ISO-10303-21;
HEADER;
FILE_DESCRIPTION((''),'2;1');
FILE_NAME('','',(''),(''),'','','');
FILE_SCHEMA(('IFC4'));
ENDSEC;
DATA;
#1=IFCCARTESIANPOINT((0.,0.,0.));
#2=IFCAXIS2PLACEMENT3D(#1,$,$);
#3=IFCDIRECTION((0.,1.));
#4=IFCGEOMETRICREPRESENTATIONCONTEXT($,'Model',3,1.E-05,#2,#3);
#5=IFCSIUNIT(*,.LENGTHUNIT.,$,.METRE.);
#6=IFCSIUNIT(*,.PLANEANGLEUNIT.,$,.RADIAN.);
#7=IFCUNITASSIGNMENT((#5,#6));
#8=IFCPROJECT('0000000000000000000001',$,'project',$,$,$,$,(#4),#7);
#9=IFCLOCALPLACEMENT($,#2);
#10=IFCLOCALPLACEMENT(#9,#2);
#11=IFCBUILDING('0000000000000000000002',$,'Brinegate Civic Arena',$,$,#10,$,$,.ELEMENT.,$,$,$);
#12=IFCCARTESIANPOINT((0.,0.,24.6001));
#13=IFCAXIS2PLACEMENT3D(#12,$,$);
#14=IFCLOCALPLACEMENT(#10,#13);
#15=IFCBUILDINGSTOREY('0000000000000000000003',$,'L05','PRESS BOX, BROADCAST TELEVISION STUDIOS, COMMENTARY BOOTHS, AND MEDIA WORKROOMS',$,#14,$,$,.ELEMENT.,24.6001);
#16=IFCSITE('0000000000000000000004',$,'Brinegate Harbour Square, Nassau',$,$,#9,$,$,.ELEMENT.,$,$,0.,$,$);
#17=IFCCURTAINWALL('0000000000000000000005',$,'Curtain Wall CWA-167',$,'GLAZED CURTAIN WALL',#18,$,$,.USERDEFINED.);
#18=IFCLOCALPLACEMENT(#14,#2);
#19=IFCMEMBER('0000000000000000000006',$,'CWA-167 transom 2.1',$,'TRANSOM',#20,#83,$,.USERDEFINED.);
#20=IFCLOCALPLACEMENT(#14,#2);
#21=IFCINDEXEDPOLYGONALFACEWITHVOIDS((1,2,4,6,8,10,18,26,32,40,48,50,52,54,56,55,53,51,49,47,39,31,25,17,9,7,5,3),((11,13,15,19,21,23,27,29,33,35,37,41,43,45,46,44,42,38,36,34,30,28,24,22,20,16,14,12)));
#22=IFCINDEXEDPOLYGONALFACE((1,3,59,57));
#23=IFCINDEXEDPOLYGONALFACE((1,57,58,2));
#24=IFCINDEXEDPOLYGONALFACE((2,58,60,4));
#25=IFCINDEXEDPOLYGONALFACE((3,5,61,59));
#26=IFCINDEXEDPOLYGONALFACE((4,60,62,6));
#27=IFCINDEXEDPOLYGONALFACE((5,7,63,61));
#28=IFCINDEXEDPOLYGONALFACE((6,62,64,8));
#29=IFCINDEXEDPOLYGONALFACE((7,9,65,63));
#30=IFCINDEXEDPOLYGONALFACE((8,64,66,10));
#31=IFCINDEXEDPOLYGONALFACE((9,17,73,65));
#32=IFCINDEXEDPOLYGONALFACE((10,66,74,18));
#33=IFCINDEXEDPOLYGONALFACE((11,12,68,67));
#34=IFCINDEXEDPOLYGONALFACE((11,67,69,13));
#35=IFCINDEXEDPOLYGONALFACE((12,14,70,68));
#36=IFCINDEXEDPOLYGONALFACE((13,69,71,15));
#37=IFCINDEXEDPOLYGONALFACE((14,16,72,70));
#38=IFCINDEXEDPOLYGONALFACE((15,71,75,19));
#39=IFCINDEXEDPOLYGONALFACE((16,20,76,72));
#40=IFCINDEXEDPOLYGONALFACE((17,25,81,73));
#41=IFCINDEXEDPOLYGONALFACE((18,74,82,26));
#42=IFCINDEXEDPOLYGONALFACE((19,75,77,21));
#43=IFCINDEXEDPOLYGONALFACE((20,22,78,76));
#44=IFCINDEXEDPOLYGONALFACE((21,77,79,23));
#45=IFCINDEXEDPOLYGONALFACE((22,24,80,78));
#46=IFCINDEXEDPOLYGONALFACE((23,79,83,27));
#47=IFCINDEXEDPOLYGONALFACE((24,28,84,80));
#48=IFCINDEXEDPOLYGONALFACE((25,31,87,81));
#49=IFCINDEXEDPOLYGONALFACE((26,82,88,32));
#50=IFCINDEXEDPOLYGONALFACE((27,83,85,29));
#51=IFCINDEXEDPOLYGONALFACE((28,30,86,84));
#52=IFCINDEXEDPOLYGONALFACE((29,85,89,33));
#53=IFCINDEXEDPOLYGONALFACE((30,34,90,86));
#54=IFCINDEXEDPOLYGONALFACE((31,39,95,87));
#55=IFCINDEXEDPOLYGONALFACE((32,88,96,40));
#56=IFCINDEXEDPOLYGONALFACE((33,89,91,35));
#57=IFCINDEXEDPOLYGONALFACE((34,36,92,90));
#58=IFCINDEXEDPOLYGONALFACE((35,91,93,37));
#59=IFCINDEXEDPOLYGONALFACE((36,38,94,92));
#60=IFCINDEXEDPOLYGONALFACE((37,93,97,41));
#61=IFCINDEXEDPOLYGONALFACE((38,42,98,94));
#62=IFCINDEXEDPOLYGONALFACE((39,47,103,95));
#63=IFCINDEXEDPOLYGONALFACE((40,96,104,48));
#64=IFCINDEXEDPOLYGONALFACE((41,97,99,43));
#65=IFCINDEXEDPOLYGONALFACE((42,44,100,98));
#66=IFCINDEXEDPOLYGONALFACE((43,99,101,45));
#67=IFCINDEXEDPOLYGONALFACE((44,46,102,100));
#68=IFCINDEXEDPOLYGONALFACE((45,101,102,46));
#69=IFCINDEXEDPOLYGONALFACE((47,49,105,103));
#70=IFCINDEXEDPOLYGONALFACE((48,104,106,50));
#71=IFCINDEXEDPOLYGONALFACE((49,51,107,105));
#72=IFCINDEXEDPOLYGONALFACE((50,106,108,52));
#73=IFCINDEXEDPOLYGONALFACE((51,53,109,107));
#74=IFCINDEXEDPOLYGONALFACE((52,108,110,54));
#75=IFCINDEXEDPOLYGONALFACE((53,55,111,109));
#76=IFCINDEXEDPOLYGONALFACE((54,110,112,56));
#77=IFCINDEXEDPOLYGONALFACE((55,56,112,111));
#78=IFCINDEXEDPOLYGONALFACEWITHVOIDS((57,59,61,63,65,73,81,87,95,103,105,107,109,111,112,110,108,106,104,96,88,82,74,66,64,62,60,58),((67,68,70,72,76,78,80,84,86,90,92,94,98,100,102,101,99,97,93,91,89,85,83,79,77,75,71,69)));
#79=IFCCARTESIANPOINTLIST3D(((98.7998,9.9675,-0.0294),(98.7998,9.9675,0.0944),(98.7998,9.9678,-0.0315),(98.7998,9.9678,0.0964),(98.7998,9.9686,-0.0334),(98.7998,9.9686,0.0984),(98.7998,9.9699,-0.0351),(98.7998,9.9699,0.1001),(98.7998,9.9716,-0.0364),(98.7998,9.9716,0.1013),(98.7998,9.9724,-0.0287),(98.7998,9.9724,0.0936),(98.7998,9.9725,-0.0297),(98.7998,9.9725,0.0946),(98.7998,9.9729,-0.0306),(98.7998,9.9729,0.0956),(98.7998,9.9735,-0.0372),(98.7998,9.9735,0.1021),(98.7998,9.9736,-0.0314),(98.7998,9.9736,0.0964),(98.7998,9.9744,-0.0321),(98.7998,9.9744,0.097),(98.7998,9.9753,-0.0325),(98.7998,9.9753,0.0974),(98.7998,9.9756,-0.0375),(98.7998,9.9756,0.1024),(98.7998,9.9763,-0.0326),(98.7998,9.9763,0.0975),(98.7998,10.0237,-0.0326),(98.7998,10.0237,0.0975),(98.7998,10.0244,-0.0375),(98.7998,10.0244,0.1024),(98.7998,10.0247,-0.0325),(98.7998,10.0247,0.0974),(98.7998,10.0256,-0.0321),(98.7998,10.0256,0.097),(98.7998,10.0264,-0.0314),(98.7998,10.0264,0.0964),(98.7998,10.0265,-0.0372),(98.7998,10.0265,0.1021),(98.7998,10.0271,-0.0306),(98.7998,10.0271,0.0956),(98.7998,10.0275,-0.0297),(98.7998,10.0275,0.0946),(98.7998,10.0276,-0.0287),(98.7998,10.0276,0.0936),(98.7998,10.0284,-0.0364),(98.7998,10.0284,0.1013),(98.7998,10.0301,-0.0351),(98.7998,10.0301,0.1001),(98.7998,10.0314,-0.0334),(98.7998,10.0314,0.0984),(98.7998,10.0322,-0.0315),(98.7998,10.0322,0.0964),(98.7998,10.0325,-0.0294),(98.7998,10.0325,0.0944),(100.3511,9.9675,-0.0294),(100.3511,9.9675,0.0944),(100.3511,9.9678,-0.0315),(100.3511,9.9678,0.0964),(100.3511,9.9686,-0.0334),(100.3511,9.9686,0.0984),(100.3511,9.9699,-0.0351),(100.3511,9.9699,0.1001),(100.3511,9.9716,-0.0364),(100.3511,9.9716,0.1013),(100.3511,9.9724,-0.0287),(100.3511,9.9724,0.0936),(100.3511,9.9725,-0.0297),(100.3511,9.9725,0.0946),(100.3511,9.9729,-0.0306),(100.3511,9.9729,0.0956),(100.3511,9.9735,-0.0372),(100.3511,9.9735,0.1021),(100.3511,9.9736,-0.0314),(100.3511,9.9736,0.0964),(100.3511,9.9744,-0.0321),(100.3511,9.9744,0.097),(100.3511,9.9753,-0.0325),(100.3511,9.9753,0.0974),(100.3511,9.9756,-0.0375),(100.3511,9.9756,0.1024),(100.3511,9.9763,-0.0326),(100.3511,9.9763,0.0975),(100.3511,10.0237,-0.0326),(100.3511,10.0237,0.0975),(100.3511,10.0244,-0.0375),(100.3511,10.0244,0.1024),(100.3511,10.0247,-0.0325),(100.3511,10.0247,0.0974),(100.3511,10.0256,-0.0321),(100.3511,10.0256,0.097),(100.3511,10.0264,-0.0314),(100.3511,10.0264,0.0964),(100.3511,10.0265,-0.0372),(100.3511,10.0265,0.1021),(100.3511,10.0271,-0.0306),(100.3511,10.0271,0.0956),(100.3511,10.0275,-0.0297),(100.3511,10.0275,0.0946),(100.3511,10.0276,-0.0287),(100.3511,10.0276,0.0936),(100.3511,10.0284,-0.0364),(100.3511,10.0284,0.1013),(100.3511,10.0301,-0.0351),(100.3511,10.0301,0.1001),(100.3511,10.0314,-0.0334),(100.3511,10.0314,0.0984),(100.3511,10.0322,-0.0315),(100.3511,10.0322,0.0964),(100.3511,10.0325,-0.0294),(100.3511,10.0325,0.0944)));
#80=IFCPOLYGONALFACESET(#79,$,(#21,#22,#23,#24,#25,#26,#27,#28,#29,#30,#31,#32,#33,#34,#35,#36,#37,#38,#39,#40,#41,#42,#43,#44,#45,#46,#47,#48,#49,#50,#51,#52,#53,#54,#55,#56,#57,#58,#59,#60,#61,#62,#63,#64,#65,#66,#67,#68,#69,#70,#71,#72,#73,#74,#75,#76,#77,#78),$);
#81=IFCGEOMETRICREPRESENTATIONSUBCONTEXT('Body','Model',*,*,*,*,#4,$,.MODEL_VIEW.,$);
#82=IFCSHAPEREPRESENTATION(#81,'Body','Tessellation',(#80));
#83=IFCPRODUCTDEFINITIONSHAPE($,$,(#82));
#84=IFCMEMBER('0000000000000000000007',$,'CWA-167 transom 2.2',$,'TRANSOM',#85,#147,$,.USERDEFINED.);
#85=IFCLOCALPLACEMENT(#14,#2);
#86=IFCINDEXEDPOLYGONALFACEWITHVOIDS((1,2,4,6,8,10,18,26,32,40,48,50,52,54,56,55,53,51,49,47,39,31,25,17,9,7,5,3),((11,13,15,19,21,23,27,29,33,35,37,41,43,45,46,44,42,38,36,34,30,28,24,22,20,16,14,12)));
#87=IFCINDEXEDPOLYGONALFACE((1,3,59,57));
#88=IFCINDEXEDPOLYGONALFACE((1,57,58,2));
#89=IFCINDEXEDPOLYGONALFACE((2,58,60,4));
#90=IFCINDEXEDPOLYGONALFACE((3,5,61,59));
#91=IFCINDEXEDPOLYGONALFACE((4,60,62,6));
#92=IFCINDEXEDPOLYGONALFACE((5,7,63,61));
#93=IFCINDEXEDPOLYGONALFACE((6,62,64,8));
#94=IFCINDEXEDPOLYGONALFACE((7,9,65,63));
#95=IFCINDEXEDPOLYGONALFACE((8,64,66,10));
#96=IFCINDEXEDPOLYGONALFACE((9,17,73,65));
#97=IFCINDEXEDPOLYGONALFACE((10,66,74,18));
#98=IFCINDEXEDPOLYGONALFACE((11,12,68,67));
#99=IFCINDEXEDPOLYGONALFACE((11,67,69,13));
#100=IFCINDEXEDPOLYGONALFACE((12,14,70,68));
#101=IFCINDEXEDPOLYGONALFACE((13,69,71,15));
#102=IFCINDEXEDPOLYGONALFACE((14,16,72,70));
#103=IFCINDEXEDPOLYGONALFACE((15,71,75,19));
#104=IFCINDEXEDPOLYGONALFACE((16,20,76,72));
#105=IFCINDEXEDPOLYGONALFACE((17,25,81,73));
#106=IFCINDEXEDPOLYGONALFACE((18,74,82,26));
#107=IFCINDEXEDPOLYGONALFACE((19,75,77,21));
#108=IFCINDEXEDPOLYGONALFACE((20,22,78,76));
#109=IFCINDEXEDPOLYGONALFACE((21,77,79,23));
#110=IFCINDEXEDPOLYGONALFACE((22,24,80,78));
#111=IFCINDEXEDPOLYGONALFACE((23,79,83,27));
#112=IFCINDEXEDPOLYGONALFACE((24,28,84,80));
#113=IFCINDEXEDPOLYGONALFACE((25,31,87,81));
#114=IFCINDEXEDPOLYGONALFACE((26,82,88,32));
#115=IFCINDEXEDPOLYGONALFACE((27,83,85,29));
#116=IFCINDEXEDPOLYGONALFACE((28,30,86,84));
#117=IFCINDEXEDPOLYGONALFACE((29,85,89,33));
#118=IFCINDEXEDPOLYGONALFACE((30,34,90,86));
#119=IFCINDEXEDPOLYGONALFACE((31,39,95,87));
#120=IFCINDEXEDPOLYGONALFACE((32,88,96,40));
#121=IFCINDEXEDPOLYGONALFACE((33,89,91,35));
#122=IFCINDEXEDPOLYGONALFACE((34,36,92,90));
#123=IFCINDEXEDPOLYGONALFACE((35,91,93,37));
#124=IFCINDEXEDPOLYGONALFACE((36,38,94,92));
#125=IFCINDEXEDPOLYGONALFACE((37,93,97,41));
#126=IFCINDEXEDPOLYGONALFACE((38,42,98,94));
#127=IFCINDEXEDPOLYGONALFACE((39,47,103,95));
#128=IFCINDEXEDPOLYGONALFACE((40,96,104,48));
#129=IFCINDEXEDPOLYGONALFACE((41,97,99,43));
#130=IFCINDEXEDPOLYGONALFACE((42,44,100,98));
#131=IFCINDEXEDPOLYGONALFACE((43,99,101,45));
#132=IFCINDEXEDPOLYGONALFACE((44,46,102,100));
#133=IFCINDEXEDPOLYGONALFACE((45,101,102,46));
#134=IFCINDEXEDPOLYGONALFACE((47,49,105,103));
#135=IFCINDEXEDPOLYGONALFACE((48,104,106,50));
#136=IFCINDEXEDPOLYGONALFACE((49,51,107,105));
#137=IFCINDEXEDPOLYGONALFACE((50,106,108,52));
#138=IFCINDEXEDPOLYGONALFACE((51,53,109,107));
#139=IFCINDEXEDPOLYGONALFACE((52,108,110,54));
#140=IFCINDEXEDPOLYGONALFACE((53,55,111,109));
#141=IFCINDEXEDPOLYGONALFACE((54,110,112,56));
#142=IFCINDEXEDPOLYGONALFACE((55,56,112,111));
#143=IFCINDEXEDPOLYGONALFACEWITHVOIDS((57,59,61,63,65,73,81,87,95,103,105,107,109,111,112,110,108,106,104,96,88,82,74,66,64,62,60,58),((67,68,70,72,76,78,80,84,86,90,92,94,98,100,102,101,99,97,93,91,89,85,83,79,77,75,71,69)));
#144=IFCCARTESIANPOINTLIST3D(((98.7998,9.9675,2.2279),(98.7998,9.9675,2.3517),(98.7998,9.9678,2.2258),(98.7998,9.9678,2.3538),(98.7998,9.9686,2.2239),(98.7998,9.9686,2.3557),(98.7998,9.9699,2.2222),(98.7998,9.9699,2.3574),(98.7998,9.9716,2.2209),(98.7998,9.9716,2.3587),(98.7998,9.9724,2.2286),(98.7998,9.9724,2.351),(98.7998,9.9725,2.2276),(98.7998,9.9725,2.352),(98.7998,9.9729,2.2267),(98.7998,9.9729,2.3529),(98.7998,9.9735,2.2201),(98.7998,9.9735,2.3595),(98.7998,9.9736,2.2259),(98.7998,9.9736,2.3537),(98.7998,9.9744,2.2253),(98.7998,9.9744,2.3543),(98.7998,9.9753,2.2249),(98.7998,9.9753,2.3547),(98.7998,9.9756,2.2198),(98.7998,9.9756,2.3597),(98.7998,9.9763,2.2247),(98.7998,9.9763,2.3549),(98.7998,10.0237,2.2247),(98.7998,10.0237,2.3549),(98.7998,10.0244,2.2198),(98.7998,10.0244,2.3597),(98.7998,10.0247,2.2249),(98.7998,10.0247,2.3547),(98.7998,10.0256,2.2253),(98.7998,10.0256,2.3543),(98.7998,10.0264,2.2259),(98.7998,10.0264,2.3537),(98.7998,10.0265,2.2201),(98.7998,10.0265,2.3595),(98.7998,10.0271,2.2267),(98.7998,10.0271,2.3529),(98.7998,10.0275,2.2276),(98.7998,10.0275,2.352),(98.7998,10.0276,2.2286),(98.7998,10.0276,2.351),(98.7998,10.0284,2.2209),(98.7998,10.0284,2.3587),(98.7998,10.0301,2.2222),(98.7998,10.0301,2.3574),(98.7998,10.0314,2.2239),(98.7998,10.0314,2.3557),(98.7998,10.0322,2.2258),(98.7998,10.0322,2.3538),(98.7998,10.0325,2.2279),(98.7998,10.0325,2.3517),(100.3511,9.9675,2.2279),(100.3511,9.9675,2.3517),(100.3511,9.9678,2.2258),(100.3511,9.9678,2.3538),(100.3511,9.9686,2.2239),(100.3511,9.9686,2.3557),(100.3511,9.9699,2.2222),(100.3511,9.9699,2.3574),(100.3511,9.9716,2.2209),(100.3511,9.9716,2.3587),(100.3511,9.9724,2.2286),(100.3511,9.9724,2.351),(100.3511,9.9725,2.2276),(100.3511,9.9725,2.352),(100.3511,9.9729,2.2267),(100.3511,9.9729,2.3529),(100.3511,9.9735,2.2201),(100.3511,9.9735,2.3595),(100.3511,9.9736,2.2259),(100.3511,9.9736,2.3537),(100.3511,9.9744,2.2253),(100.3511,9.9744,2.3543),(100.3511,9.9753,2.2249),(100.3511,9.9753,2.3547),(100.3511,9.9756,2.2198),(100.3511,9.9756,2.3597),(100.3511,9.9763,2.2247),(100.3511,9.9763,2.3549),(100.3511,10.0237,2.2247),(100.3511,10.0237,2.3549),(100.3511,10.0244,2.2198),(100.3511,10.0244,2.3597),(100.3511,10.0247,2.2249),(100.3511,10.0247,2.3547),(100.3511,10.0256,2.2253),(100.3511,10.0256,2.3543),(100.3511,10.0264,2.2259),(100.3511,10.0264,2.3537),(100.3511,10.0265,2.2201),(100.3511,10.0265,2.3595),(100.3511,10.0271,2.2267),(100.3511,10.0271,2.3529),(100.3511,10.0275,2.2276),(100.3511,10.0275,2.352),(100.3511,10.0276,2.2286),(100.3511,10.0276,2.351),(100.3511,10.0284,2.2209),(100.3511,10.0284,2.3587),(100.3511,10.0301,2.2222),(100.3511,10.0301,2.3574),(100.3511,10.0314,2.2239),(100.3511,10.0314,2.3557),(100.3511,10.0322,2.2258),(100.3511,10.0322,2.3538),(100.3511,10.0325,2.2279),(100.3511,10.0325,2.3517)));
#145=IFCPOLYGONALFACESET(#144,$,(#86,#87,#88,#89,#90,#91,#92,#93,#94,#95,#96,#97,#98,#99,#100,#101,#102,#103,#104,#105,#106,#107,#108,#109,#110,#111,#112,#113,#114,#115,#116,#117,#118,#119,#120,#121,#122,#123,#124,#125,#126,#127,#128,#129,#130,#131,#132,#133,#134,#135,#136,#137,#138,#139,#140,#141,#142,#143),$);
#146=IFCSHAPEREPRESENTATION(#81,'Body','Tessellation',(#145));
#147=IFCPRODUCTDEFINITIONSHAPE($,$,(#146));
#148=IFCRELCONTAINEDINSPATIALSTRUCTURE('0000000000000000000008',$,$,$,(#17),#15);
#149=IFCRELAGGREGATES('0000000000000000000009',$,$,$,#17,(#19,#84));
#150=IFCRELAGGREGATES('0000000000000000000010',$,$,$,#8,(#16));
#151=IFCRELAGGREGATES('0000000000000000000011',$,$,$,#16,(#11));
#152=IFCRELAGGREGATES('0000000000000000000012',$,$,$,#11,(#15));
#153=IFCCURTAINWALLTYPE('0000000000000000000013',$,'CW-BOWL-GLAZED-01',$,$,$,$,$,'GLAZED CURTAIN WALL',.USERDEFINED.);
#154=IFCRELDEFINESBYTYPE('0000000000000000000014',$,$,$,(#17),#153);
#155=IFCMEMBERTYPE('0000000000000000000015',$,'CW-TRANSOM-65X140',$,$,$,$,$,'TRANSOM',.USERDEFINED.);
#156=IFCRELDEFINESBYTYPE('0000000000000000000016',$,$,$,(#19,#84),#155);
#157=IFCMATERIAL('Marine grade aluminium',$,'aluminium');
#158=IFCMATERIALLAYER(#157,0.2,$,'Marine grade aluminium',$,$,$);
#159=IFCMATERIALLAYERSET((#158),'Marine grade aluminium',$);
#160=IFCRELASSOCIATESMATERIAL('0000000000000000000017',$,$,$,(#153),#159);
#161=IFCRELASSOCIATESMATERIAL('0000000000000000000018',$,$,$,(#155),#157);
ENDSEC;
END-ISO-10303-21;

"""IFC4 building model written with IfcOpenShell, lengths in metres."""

from ifc_helpers import new_model, si_unit, direction, frame, origin, origin_2d, place, context, subcontext, project, spatial, hollow_rectangle, extrude, material, layer, layer_set, material_profile, profile_set, type_object, element, aggregate, save


model = new_model("IFC4")

# Units and contexts
model_context = context("Model", 3, precision=1e-05, world=origin(), true_north=direction((0.0, 1.0)))
body_context = subcontext(model_context, "Body", "Model", "MODEL_VIEW")
ifc_project = project(units=[si_unit("LENGTHUNIT", "METRE"), si_unit("PLANEANGLEUNIT", "RADIAN")], contexts=[model_context])

# Site, building, storey
site_placement = place(None, origin())
site = spatial("IfcSite", under=ifc_project, at=site_placement, Name="Brinegate Harbour Square, Nassau", CompositionType="ELEMENT", RefElevation=0.0)
building_placement = place(site_placement, origin())
building = spatial("IfcBuilding", under=site, at=building_placement, Name="Brinegate Civic Arena", CompositionType="ELEMENT")
storey_placement = place(building_placement, frame((0.0, 0.0, 24.6001)))
storey = spatial("IfcBuildingStorey", under=building, at=storey_placement, Name="L05", Description="PRESS BOX, BROADCAST TELEVISION STUDIOS, COMMENTARY BOOTHS, AND MEDIA WORKROOMS", CompositionType="ELEMENT", Elevation=24.6001)

# Curtain wall, members
ifc_material_1 = material(Name="Marine grade aluminium", Category="aluminium")
ifc_layer_1 = layer(ifc_material_1, 0.2, Name="Marine grade aluminium")
ifc_layer_set_1 = layer_set([ifc_layer_1], Name="Marine grade aluminium")
curtain_wall_type = type_object("IfcCurtainWallType", Name="CW-BOWL-GLAZED-01", ElementType="GLAZED CURTAIN WALL", PredefinedType="USERDEFINED", material=ifc_layer_set_1)
curtain_wall_placement = place(storey_placement, origin())
curtain_wall = element("IfcCurtainWall", 1, at=curtain_wall_placement, inside=storey, type_object=curtain_wall_type, Name="Curtain Wall CWA-167", ObjectType="GLAZED CURTAIN WALL", PredefinedType="USERDEFINED")
ifc_material_profile_1 = material_profile(ifc_material_1, hollow_rectangle(XDim=0.0649, YDim=0.1399, WallThickness=0.0049, InnerFilletRadius=0.0039, OuterFilletRadius=0.0081, at=origin_2d()), Name="TRN65X140")
ifc_profile_set_1 = profile_set([ifc_material_profile_1], Name="Marine grade aluminium")
member_type_1 = type_object("IfcMemberType", Name="CW-TRANSOM-65X140", ElementType="TRANSOM", PredefinedType="USERDEFINED", material=ifc_profile_set_1)
member_1_placement = place(storey_placement, frame((98.7998, 10.0, 0.0325), z_axis=(1.0, 0.0, 0.0), x_axis=(0.0, 1.0, 0.0)))
member_1 = element("IfcMember", 2, at=member_1_placement, type_object=member_type_1, Name="CWA-167 transom 2.1", ObjectType="TRANSOM", PredefinedType="USERDEFINED", context=body_context, shape_type="SweptSolid", body=[
    extrude(hollow_rectangle(XDim=0.0649, YDim=0.1399, WallThickness=0.0049, InnerFilletRadius=0.0039, OuterFilletRadius=0.0081, at=origin_2d()), origin(), (0.0, 0.0, 1.0), 1.5513),
])
member_2_placement = place(storey_placement, frame((98.7998, 10.0, 2.2898), z_axis=(1.0, 0.0, 0.0), x_axis=(0.0, 1.0, 0.0)))
member_2 = element("IfcMember", 3, at=member_2_placement, type_object=member_type_1, Name="CWA-167 transom 2.2", ObjectType="TRANSOM", PredefinedType="USERDEFINED", context=body_context, shape_type="SweptSolid", body=[
    extrude(hollow_rectangle(XDim=0.0649, YDim=0.1399, WallThickness=0.0049, InnerFilletRadius=0.0039, OuterFilletRadius=0.0081, at=origin_2d()), origin(), (0.0, 0.0, 1.0), 1.5513),
])
aggregate(curtain_wall, [member_1, member_2])

save(model, "model.ifc")
